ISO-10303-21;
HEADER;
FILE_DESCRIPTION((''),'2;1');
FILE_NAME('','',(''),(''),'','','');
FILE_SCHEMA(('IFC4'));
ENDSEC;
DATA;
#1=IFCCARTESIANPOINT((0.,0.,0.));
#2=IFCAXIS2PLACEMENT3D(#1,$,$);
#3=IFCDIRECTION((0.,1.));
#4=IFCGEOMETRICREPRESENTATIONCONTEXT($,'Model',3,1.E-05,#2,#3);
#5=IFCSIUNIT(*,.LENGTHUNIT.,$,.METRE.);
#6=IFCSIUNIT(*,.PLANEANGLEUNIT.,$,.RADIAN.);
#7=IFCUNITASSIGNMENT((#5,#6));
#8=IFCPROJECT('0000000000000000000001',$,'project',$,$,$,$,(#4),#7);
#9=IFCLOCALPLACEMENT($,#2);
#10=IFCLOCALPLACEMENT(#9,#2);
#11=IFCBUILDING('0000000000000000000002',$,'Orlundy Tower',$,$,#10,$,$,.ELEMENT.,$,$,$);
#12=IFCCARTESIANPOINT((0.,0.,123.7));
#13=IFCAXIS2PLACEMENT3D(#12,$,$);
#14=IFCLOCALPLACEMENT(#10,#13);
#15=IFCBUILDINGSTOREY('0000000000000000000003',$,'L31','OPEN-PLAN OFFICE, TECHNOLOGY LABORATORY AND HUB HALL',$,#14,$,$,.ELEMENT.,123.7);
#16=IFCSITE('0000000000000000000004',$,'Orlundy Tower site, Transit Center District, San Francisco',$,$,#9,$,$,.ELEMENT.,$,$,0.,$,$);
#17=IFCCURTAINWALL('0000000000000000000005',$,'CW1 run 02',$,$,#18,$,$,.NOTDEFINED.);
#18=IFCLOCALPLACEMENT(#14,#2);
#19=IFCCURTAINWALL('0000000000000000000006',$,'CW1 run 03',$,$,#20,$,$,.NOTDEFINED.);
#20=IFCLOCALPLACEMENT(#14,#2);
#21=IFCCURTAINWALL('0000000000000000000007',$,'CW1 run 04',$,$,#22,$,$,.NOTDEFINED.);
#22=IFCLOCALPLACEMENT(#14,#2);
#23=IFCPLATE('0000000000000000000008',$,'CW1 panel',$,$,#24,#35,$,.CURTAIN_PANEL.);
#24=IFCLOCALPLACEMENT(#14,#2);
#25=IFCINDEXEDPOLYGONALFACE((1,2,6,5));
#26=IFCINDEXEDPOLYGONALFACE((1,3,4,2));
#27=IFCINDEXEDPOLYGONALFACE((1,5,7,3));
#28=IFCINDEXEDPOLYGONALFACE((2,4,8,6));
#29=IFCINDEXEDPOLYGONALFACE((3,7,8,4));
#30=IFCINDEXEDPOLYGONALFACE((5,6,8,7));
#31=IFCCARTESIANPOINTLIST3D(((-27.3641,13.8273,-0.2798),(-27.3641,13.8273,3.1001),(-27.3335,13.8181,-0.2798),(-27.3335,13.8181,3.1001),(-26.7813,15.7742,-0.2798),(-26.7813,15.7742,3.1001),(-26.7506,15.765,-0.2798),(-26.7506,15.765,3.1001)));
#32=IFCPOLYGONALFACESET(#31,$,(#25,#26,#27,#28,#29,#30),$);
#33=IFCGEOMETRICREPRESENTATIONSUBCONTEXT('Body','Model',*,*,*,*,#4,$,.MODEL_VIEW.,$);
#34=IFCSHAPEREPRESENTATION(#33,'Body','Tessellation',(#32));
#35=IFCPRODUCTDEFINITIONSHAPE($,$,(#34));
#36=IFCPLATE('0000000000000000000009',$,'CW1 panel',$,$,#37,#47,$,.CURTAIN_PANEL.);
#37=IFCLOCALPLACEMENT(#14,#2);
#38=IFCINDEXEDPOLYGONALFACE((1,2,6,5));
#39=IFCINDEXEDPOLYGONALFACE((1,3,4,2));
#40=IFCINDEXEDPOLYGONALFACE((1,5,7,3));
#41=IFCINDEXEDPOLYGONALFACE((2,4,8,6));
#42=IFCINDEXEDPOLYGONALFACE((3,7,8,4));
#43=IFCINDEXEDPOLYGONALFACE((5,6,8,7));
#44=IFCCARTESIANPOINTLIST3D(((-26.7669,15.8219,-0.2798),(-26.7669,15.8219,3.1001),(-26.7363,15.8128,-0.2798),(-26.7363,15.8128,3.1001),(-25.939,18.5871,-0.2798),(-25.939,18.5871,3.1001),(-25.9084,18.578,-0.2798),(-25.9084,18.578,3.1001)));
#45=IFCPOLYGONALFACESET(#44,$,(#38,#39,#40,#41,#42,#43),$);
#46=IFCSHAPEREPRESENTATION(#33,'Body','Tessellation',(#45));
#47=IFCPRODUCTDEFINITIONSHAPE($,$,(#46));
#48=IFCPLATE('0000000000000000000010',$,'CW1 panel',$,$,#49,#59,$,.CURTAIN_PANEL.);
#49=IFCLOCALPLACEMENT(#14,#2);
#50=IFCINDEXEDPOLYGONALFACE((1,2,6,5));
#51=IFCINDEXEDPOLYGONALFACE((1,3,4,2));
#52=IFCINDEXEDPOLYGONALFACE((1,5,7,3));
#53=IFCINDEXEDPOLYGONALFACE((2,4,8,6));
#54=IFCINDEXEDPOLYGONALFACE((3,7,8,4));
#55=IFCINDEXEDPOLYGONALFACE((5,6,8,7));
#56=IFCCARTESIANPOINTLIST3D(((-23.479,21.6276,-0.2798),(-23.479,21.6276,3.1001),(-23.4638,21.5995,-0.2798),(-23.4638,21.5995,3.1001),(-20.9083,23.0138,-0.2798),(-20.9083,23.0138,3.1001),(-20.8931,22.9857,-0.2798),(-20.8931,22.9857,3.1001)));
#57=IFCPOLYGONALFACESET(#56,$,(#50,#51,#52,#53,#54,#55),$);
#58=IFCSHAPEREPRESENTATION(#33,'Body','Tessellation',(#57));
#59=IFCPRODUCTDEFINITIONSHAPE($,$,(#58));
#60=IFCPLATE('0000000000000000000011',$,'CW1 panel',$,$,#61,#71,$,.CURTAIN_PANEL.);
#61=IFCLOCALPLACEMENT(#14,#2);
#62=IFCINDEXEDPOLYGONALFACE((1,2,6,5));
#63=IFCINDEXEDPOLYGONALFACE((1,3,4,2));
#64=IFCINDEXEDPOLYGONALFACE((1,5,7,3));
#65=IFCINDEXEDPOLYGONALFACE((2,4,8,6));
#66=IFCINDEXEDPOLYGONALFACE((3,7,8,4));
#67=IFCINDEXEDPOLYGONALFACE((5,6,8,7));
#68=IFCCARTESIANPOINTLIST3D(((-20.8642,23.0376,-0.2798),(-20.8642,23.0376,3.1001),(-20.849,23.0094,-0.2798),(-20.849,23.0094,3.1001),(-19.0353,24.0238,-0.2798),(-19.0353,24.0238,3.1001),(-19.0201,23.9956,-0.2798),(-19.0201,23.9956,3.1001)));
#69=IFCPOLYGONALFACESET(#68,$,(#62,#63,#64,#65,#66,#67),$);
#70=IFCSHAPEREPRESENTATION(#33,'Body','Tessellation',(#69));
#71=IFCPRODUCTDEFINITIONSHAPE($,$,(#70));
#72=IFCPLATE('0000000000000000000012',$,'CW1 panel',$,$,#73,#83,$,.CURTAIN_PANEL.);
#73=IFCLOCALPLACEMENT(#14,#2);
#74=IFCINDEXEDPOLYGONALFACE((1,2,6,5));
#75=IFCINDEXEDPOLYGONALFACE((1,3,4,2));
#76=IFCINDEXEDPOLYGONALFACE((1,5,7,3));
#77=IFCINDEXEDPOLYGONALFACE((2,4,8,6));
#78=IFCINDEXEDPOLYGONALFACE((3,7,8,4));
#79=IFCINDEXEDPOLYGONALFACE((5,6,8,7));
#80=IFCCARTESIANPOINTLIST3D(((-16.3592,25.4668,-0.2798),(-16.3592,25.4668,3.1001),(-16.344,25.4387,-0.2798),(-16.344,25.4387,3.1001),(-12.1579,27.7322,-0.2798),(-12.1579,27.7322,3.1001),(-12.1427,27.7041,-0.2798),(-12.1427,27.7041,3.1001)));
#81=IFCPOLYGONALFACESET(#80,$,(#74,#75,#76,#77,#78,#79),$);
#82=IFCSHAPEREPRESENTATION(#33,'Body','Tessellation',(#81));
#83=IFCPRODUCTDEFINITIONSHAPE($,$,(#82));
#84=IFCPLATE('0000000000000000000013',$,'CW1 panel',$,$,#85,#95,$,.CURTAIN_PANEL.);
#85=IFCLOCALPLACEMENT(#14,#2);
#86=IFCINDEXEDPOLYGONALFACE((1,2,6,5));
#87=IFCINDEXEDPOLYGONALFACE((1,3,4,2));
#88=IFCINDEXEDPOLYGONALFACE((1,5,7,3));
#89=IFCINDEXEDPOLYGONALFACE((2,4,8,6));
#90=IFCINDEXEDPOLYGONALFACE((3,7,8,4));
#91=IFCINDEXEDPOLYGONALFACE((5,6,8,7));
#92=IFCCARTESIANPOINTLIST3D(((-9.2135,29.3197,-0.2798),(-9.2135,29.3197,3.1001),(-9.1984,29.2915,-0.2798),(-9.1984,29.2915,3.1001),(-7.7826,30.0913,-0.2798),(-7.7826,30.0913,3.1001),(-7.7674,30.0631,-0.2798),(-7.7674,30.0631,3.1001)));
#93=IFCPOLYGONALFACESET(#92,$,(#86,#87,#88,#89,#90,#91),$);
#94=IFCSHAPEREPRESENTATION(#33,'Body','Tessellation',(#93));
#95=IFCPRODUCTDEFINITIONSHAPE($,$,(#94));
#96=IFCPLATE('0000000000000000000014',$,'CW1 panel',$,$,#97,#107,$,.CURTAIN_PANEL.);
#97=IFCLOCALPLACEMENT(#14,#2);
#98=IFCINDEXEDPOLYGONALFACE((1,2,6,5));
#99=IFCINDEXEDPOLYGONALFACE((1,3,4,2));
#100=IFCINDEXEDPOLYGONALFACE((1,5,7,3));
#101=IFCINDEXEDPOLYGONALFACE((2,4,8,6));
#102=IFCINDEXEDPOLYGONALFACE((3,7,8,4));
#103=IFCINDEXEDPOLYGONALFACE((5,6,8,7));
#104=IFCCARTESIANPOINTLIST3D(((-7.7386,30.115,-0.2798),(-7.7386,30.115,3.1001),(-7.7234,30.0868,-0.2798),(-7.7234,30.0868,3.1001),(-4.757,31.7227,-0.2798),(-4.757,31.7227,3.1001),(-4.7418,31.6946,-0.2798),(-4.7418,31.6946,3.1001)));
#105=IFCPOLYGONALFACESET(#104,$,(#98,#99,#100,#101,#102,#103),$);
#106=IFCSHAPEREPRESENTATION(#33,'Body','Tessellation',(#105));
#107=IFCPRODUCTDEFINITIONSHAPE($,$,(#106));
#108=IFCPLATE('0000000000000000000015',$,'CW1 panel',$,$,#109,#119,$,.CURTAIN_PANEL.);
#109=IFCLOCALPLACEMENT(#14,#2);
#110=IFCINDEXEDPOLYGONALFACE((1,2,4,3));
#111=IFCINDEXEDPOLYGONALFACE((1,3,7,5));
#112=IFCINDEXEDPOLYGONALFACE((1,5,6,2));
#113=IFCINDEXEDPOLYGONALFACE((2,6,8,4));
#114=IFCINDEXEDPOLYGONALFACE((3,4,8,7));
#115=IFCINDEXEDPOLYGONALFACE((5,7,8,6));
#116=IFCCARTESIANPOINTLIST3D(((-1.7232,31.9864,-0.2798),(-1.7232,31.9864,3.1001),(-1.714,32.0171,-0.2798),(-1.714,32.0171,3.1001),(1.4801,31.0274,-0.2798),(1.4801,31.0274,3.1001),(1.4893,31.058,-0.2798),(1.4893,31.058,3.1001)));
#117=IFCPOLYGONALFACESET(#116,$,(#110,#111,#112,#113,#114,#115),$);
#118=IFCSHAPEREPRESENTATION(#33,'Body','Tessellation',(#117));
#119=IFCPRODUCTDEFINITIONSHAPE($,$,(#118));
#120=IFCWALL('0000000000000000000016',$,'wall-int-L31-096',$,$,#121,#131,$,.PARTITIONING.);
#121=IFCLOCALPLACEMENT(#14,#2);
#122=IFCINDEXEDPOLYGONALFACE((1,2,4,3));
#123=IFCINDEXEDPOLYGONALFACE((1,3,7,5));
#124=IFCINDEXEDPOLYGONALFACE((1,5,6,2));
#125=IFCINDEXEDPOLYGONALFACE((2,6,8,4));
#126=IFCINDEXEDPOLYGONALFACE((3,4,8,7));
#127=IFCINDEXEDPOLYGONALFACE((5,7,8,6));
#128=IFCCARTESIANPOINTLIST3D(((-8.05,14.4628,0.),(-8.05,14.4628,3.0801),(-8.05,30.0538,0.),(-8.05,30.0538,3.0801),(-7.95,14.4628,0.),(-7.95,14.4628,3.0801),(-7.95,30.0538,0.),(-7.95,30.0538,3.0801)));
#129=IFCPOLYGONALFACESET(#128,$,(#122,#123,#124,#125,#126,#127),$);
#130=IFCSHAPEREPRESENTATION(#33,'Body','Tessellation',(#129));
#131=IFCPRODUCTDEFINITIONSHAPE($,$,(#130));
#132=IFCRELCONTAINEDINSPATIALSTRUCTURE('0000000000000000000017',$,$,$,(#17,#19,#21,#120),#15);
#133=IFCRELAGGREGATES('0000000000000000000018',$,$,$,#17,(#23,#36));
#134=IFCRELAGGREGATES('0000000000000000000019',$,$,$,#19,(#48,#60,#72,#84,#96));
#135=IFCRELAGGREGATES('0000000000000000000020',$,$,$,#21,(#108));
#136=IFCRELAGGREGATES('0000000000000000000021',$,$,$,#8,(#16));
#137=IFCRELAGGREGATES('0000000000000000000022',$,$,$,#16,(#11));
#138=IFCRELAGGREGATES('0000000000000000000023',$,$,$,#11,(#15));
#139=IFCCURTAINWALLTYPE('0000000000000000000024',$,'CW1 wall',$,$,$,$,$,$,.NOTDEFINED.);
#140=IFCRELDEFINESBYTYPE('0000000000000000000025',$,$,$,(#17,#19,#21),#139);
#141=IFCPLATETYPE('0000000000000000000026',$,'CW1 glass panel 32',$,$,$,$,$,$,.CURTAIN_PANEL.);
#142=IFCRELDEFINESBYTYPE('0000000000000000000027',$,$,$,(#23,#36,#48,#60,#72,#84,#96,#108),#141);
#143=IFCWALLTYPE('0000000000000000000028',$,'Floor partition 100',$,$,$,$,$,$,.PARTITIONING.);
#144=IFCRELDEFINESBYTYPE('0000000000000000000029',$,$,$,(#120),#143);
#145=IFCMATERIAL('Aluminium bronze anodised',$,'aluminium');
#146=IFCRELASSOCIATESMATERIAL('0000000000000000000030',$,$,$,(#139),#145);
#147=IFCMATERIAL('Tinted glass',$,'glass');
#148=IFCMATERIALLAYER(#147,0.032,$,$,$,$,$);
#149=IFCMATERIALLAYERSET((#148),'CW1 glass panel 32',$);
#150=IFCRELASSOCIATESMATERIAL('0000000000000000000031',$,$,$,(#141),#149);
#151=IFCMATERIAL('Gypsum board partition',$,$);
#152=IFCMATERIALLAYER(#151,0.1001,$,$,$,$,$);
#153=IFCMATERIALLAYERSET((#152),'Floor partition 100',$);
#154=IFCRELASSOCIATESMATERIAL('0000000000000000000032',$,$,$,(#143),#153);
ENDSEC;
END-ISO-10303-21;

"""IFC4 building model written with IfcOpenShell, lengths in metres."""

from ifc_helpers import new_model, si_unit, direction, frame, frame_2d, origin, origin_2d, place, context, subcontext, project, spatial, rectangle, extrude, material, layer, layer_set, type_object, element, aggregate, save


model = new_model("IFC4")

# Units and contexts
model_context = context("Model", 3, precision=1e-05, world=origin(), true_north=direction((0.0, 1.0)))
body_context = subcontext(model_context, "Body", "Model", "MODEL_VIEW")
ifc_project = project(units=[si_unit("LENGTHUNIT", "METRE"), si_unit("PLANEANGLEUNIT", "RADIAN")], contexts=[model_context])

# Site, building, storey
site_placement = place(None, origin())
site = spatial("IfcSite", under=ifc_project, at=site_placement, Name="Orlundy Tower site, Transit Center District, San Francisco", CompositionType="ELEMENT", RefElevation=0.0)
building_placement = place(site_placement, origin())
building = spatial("IfcBuilding", under=site, at=building_placement, Name="Orlundy Tower", CompositionType="ELEMENT")
storey_placement = place(building_placement, frame((0.0, 0.0, 123.7)))
storey = spatial("IfcBuildingStorey", under=building, at=storey_placement, Name="L31", Description="OPEN-PLAN OFFICE, TECHNOLOGY LABORATORY AND HUB HALL", CompositionType="ELEMENT", Elevation=123.7)

# Curtain wall
ifc_material_1 = material(Name="Aluminium bronze anodised", Category="aluminium")
curtain_wall_type = type_object("IfcCurtainWallType", Name="CW1 wall", PredefinedType="NOTDEFINED", material=ifc_material_1)
curtain_wall_1_placement = place(storey_placement, origin())
curtain_wall_1 = element("IfcCurtainWall", 1, at=curtain_wall_1_placement, inside=storey, type_object=curtain_wall_type, Name="CW1 run 02", PredefinedType="NOTDEFINED")

# Curtain wall
curtain_wall_2_placement = place(storey_placement, origin())
curtain_wall_2 = element("IfcCurtainWall", 2, at=curtain_wall_2_placement, inside=storey, type_object=curtain_wall_type, Name="CW1 run 03", PredefinedType="NOTDEFINED")

# Curtain wall
curtain_wall_3_placement = place(storey_placement, origin())
curtain_wall_3 = element("IfcCurtainWall", 3, at=curtain_wall_3_placement, inside=storey, type_object=curtain_wall_type, Name="CW1 run 04", PredefinedType="NOTDEFINED")

# Plates
ifc_material_2 = material(Name="Tinted glass", Category="glass")
ifc_layer_1 = layer(ifc_material_2, 0.032)
ifc_layer_set_1 = layer_set([ifc_layer_1], Name="CW1 glass panel 32")
plate_type = type_object("IfcPlateType", Name="CW1 glass panel 32", PredefinedType="CURTAIN_PANEL", material=ifc_layer_set_1)
plate_1_placement = place(storey_placement, frame((-27.0574, 14.7961, -0.2798), z_axis=(0.0, 0.0, 1.0), x_axis=(0.286816, 0.957986, 0.0)))
plate_1 = element("IfcPlate", 4, at=plate_1_placement, type_object=plate_type, Name="CW1 panel", PredefinedType="CURTAIN_PANEL", context=body_context, shape_type="SweptSolid", body=[
    extrude(rectangle(XDim=2.0322, YDim=0.032, at=origin_2d()), origin(), (0.0, 0.0, 1.0), 3.3799),
])
plate_2_placement = place(storey_placement, frame((-26.3376, 17.2, -0.2798), z_axis=(0.0, 0.0, 1.0), x_axis=(0.286816, 0.957986, 0.0)))
plate_2 = element("IfcPlate", 5, at=plate_2_placement, type_object=plate_type, Name="CW1 panel", PredefinedType="CURTAIN_PANEL", context=body_context, shape_type="SweptSolid", body=[
    extrude(rectangle(XDim=2.8865, YDim=0.032, at=origin_2d()), origin(), (0.0, 0.0, 1.0), 3.3799),
])
aggregate(curtain_wall_1, [plate_1, plate_2])
plate_3_placement = place(storey_placement, frame((-22.186, 22.3066, -0.2798), z_axis=(0.0, 0.0, 1.0), x_axis=(0.880192, 0.474618, 0.0)))
plate_3 = element("IfcPlate", 6, at=plate_3_placement, type_object=plate_type, Name="CW1 panel", PredefinedType="CURTAIN_PANEL", context=body_context, shape_type="SweptSolid", body=[
    extrude(rectangle(XDim=2.9207, YDim=0.032, at=origin_2d()), origin(), (0.0, 0.0, 1.0), 3.3799),
])
plate_4_placement = place(storey_placement, frame((-19.9421, 23.5166, -0.2798), z_axis=(0.0, 0.0, 1.0), x_axis=(0.880192, 0.474618, 0.0)))
plate_4 = element("IfcPlate", 7, at=plate_4_placement, type_object=plate_type, Name="CW1 panel", PredefinedType="CURTAIN_PANEL", context=body_context, shape_type="SweptSolid", body=[
    extrude(rectangle(XDim=2.0779, YDim=0.032, at=origin_2d()), origin(), (0.0, 0.0, 1.0), 3.3799),
])
plate_5_placement = place(storey_placement, frame((-14.251, 26.5854, -0.2798), z_axis=(0.0, 0.0, 1.0), x_axis=(0.880192, 0.474618, 0.0)))
plate_5 = element("IfcPlate", 8, at=plate_5_placement, type_object=plate_type, Name="CW1 panel", PredefinedType="CURTAIN_PANEL", context=body_context, shape_type="SweptSolid", body=[
    extrude(rectangle(XDim=4.7732, YDim=0.032, at=origin_2d()), origin(), (0.0, 0.0, 1.0), 3.3799),
])
plate_6_placement = place(storey_placement, frame((-8.4905, 29.6914, -0.2798), z_axis=(0.0, 0.0, 1.0), x_axis=(0.880192, 0.474618, 0.0)))
plate_6 = element("IfcPlate", 9, at=plate_6_placement, type_object=plate_type, Name="CW1 panel", PredefinedType="CURTAIN_PANEL", context=body_context, shape_type="SweptSolid", body=[
    extrude(rectangle(XDim=1.6257, YDim=0.032, at=origin_2d()), origin(), (0.0, 0.0, 1.0), 3.3799),
])
plate_7_placement = place(storey_placement, frame((-6.2402, 30.9048, -0.2798), z_axis=(0.0, 0.0, 1.0), x_axis=(0.880192, 0.474618, 0.0)))
plate_7 = element("IfcPlate", 10, at=plate_7_placement, type_object=plate_type, Name="CW1 panel", PredefinedType="CURTAIN_PANEL", context=body_context, shape_type="SweptSolid", body=[
    extrude(rectangle(XDim=3.3875, YDim=0.032, at=origin_2d()), origin(), (0.0, 0.0, 1.0), 3.3799),
])
aggregate(curtain_wall_2, [plate_3, plate_4, plate_5, plate_6, plate_7])
plate_8_placement = place(storey_placement, frame((-0.1169, 31.5222, -0.2798), z_axis=(0.0, 0.0, 1.0), x_axis=(0.957986, -0.286816, 0.0)))
plate_8 = element("IfcPlate", 11, at=plate_8_placement, type_object=plate_type, Name="CW1 panel", PredefinedType="CURTAIN_PANEL", context=body_context, shape_type="SweptSolid", body=[
    extrude(rectangle(XDim=3.3438, YDim=0.032, at=origin_2d()), origin(), (0.0, 0.0, 1.0), 3.3799),
])
aggregate(curtain_wall_3, [plate_8])

# Wall
ifc_material_3 = material(Name="Gypsum board partition")
ifc_layer_2 = layer(ifc_material_3, 0.1001)
ifc_layer_set_2 = layer_set([ifc_layer_2], Name="Floor partition 100")
wall_type_1 = type_object("IfcWallType", Name="Floor partition 100", PredefinedType="PARTITIONING", material=ifc_layer_set_2)
wall_1_placement = place(storey_placement, frame((-8.0, 14.4629, 0.0), z_axis=(0.0, 0.0, 1.0), x_axis=(0.0, 1.0, 0.0)))
element("IfcWall", 12, at=wall_1_placement, inside=storey, type_object=wall_type_1, Name="wall-int-L31-096", PredefinedType="PARTITIONING", context=body_context, shape_type="SweptSolid", body=[
    extrude(rectangle(XDim=15.5911, YDim=0.1001, at=frame_2d((7.7954, 0.0))), origin(), (0.0, 0.0, 1.0), 3.0801),
])

save(model, "model.ifc")
